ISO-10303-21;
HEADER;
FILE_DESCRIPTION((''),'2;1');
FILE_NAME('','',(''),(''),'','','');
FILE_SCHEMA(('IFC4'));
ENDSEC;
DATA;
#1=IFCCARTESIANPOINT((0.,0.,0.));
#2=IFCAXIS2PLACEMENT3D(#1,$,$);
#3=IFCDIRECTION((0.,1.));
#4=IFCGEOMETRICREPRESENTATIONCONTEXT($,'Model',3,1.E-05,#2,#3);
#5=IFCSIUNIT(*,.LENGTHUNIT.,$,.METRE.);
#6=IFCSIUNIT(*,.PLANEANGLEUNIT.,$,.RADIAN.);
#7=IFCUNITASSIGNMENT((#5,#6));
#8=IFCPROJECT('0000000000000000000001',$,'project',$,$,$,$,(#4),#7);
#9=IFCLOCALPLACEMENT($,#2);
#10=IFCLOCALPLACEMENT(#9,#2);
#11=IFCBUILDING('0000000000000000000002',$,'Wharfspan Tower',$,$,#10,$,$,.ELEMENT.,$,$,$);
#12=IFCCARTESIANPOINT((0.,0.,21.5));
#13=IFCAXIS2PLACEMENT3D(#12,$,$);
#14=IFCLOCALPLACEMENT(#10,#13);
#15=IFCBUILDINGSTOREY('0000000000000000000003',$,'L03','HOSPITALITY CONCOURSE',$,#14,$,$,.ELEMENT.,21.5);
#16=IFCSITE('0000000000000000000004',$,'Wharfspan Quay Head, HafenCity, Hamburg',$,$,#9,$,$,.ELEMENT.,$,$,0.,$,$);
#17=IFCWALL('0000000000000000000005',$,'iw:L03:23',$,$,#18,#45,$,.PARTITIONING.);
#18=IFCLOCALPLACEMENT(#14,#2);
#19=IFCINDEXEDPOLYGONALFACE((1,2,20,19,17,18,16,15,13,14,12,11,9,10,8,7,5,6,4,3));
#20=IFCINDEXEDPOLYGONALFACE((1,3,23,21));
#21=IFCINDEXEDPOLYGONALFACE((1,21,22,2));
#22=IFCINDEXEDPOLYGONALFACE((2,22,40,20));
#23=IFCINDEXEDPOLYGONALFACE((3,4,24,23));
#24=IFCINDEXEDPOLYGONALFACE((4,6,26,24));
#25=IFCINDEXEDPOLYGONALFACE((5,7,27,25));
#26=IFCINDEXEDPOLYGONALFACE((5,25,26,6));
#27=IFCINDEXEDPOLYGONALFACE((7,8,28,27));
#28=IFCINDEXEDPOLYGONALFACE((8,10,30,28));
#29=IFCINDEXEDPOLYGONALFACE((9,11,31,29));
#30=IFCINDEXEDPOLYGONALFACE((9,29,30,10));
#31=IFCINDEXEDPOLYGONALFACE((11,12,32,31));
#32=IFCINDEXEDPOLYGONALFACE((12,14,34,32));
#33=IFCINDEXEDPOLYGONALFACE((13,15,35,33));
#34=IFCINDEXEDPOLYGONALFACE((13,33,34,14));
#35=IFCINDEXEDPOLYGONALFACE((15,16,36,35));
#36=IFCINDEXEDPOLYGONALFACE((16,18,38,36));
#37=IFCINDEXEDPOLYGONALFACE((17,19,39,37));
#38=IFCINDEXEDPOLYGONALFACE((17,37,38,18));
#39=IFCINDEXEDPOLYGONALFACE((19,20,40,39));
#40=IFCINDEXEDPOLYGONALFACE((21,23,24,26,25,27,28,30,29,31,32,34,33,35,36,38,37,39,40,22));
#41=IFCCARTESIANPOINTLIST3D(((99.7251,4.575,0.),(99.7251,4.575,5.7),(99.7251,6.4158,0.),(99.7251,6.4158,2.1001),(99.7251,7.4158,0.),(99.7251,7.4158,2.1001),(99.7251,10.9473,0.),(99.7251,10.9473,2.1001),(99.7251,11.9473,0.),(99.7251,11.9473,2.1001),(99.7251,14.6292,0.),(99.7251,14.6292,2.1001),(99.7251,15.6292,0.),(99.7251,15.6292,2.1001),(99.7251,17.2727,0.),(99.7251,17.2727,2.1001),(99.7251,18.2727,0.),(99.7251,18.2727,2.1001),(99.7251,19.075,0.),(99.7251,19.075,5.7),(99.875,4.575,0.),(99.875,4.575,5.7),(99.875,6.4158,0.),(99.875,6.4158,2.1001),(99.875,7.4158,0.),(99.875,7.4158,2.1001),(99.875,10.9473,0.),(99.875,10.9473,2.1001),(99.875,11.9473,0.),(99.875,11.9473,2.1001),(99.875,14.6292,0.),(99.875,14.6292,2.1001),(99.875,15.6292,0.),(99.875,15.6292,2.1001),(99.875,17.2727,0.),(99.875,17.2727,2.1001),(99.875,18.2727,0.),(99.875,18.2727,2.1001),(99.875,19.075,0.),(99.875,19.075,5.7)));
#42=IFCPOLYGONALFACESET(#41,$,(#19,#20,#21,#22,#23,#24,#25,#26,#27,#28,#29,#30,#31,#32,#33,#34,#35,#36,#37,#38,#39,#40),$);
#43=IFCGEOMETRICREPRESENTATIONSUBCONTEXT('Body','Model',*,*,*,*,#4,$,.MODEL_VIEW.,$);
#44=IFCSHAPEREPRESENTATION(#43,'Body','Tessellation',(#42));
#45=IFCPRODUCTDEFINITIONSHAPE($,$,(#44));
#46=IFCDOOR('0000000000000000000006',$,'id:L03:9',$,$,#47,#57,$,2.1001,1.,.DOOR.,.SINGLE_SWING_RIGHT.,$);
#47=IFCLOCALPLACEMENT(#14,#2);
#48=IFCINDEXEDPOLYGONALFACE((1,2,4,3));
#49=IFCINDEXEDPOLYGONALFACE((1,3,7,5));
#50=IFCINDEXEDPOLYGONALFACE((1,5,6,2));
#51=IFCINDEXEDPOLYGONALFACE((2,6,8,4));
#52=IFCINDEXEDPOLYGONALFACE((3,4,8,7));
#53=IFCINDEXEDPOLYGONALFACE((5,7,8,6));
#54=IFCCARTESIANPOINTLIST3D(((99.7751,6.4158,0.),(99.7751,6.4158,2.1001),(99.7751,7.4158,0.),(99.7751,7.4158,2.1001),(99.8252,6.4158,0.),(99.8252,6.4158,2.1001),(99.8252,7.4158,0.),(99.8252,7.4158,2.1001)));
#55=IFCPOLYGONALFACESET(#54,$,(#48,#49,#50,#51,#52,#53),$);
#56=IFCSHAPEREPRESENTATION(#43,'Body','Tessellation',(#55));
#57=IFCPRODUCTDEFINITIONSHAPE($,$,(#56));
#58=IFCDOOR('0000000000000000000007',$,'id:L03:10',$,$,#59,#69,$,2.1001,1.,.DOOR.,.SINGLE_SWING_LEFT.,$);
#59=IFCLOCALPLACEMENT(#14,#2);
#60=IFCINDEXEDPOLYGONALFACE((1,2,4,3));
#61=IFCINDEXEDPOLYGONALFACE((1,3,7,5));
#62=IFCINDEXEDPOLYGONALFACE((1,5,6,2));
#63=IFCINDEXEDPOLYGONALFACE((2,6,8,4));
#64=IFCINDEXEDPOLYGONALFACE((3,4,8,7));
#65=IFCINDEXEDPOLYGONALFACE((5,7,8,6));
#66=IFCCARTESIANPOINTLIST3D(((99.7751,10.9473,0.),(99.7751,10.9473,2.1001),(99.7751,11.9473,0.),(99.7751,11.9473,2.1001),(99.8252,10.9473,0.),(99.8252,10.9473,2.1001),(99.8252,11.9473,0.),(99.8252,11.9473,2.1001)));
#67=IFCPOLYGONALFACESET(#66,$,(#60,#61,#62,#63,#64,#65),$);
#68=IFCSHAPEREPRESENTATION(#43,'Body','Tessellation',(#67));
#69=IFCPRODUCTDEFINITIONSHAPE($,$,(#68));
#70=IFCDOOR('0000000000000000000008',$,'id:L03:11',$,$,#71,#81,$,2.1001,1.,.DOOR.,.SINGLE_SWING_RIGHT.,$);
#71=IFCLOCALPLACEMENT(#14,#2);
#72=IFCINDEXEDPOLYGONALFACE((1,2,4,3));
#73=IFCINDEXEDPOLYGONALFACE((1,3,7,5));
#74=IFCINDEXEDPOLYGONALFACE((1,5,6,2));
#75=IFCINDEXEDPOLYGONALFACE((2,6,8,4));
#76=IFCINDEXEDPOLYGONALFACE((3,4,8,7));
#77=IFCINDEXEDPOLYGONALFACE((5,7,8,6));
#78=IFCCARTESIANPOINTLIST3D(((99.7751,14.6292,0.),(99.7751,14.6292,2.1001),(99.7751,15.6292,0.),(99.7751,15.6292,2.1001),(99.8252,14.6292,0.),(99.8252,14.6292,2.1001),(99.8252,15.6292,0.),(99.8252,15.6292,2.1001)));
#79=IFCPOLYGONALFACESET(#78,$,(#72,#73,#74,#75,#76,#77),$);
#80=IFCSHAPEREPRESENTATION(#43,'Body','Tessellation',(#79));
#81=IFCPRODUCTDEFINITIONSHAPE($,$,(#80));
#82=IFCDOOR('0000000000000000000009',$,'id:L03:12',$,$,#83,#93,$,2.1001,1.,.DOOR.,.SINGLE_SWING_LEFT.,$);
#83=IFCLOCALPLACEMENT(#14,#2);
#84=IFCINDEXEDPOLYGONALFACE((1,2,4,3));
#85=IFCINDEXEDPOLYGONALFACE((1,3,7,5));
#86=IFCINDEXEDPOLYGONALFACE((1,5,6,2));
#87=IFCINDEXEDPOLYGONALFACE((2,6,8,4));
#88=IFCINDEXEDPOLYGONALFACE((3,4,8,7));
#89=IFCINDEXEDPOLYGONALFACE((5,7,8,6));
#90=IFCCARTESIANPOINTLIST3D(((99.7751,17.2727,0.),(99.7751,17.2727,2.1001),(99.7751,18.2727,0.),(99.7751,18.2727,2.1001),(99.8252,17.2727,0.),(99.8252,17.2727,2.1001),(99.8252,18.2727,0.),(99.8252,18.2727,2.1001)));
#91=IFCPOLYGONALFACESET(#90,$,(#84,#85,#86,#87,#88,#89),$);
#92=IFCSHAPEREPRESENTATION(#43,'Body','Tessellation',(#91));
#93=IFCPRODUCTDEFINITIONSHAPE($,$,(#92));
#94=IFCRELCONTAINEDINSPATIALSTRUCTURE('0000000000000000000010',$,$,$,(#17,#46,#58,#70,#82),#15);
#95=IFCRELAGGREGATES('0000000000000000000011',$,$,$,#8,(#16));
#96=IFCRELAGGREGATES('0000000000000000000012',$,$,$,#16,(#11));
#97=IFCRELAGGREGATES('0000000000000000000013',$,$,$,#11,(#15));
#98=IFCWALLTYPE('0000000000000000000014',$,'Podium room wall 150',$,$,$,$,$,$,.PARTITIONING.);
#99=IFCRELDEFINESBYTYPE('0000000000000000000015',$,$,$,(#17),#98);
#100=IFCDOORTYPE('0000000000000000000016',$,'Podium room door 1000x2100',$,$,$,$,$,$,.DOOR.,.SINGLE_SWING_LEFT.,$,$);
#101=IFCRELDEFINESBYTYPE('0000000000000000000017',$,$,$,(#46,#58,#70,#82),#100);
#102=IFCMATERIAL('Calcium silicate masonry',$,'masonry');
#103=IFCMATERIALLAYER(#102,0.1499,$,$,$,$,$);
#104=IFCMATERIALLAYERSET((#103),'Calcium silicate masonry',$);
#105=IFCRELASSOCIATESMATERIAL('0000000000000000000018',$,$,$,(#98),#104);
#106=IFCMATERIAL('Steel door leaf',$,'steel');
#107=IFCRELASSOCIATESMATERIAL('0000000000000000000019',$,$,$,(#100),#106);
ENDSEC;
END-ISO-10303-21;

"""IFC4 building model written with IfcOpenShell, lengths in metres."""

from ifc_helpers import new_model, si_unit, direction, frame, frame_2d, origin, place, context, subcontext, project, spatial, rectangle, extrude, material, layer, layer_set, type_object, element, fill, save


model = new_model("IFC4")

# Units and contexts
model_context = context("Model", 3, precision=1e-05, world=origin(), true_north=direction((0.0, 1.0)))
body_context = subcontext(model_context, "Body", "Model", "MODEL_VIEW")
ifc_project = project(units=[si_unit("LENGTHUNIT", "METRE"), si_unit("PLANEANGLEUNIT", "RADIAN")], contexts=[model_context])

# Site, building, storey
site_placement = place(None, origin())
site = spatial("IfcSite", under=ifc_project, at=site_placement, Name="Wharfspan Quay Head, HafenCity, Hamburg", CompositionType="ELEMENT", RefElevation=0.0)
building_placement = place(site_placement, origin())
building = spatial("IfcBuilding", under=site, at=building_placement, Name="Wharfspan Tower", CompositionType="ELEMENT")
storey_placement = place(building_placement, frame((0.0, 0.0, 21.5)))
storey = spatial("IfcBuildingStorey", under=building, at=storey_placement, Name="L03", Description="HOSPITALITY CONCOURSE", CompositionType="ELEMENT", Elevation=21.5)

# Shared definitions
ifc_material_1 = material(Name="Calcium silicate masonry", Category="masonry")
ifc_layer_1 = layer(ifc_material_1, 0.1499)
ifc_layer_set_1 = layer_set([ifc_layer_1], Name="Calcium silicate masonry")
wall_type = type_object("IfcWallType", Name="Podium room wall 150", PredefinedType="PARTITIONING", material=ifc_layer_set_1)

# Wall, openings, doors
wall_placement = place(storey_placement, frame((99.8, 4.575, 0.0), z_axis=(0.0, 0.0, 1.0), x_axis=(0.0, 1.0, 0.0)))
wall = element("IfcWall", 1, at=wall_placement, inside=storey, type_object=wall_type, Name="iw:L03:23", PredefinedType="PARTITIONING", context=body_context, shape_type="SweptSolid", body=[
    extrude(rectangle(XDim=14.5, YDim=0.1499, at=frame_2d((7.25, 0.0))), origin(), (0.0, 0.0, 1.0), 5.7),
])
opening_1_placement = place(wall_placement, frame((1.8408, 0.0, 0.0)))
opening_1 = element("IfcOpeningElement", 2, at=opening_1_placement, cuts=wall, PredefinedType="OPENING", context=body_context, shape_type="SweptSolid", body=[
    extrude(rectangle(XDim=1.0, YDim=2.1001, at=frame_2d((0.5, 1.05))), frame((0.0, 0.085, 0.0), z_axis=(0.0, -1.0, 0.0), x_axis=(1.0, 0.0, 0.0)), (0.0, 0.0, 1.0), 0.1699),
])
opening_2_placement = place(wall_placement, frame((6.3723, 0.0, 0.0)))
opening_2 = element("IfcOpeningElement", 3, at=opening_2_placement, cuts=wall, PredefinedType="OPENING", context=body_context, shape_type="SweptSolid", body=[
    extrude(rectangle(XDim=1.0, YDim=2.1001, at=frame_2d((0.5, 1.05))), frame((0.0, 0.085, 0.0), z_axis=(0.0, -1.0, 0.0), x_axis=(1.0, 0.0, 0.0)), (0.0, 0.0, 1.0), 0.1699),
])
opening_3_placement = place(wall_placement, frame((10.0542, 0.0, 0.0)))
opening_3 = element("IfcOpeningElement", 4, at=opening_3_placement, cuts=wall, PredefinedType="OPENING", context=body_context, shape_type="SweptSolid", body=[
    extrude(rectangle(XDim=1.0, YDim=2.1001, at=frame_2d((0.5, 1.05))), frame((0.0, 0.085, 0.0), z_axis=(0.0, -1.0, 0.0), x_axis=(1.0, 0.0, 0.0)), (0.0, 0.0, 1.0), 0.1699),
])
opening_4_placement = place(wall_placement, frame((12.6978, 0.0, 0.0)))
opening_4 = element("IfcOpeningElement", 5, at=opening_4_placement, cuts=wall, PredefinedType="OPENING", context=body_context, shape_type="SweptSolid", body=[
    extrude(rectangle(XDim=1.0, YDim=2.1001, at=frame_2d((0.5, 1.05))), frame((0.0, 0.085, 0.0), z_axis=(0.0, -1.0, 0.0), x_axis=(1.0, 0.0, 0.0)), (0.0, 0.0, 1.0), 0.1699),
])
ifc_material_2 = material(Name="Steel door leaf", Category="steel")
door_type = type_object("IfcDoorType", Name="Podium room door 1000x2100", OperationType="SINGLE_SWING_LEFT", PredefinedType="DOOR", material=ifc_material_2)
door_1_placement = place(opening_1_placement, origin())
door_1 = element("IfcDoor", 6, at=door_1_placement, inside=storey, type_object=door_type, Name="id:L03:9", OperationType="SINGLE_SWING_RIGHT", OverallHeight=2.1001, OverallWidth=1.0, PredefinedType="DOOR", context=body_context, shape_type="SweptSolid", body=[
    extrude(rectangle(XDim=1.0, YDim=2.1001, at=frame_2d((0.5, 1.05))), frame((0.0, 0.0249, 0.0), z_axis=(0.0, -1.0, 0.0), x_axis=(1.0, 0.0, 0.0)), (0.0, 0.0, 1.0), 0.05),
])
fill(opening_1, door_1)
door_2_placement = place(opening_2_placement, origin())
door_2 = element("IfcDoor", 7, at=door_2_placement, inside=storey, type_object=door_type, Name="id:L03:10", OperationType="SINGLE_SWING_LEFT", OverallHeight=2.1001, OverallWidth=1.0, PredefinedType="DOOR", context=body_context, shape_type="SweptSolid", body=[
    extrude(rectangle(XDim=1.0, YDim=2.1001, at=frame_2d((0.5, 1.05))), frame((0.0, 0.0249, 0.0), z_axis=(0.0, -1.0, 0.0), x_axis=(1.0, 0.0, 0.0)), (0.0, 0.0, 1.0), 0.05),
])
fill(opening_2, door_2)
door_3_placement = place(opening_3_placement, origin())
door_3 = element("IfcDoor", 8, at=door_3_placement, inside=storey, type_object=door_type, Name="id:L03:11", OperationType="SINGLE_SWING_RIGHT", OverallHeight=2.1001, OverallWidth=1.0, PredefinedType="DOOR", context=body_context, shape_type="SweptSolid", body=[
    extrude(rectangle(XDim=1.0, YDim=2.1001, at=frame_2d((0.5, 1.05))), frame((0.0, 0.0249, 0.0), z_axis=(0.0, -1.0, 0.0), x_axis=(1.0, 0.0, 0.0)), (0.0, 0.0, 1.0), 0.05),
])
fill(opening_3, door_3)
door_4_placement = place(opening_4_placement, origin())
door_4 = element("IfcDoor", 9, at=door_4_placement, inside=storey, type_object=door_type, Name="id:L03:12", OperationType="SINGLE_SWING_LEFT", OverallHeight=2.1001, OverallWidth=1.0, PredefinedType="DOOR", context=body_context, shape_type="SweptSolid", body=[
    extrude(rectangle(XDim=1.0, YDim=2.1001, at=frame_2d((0.5, 1.05))), frame((0.0, 0.0249, 0.0), z_axis=(0.0, -1.0, 0.0), x_axis=(1.0, 0.0, 0.0)), (0.0, 0.0, 1.0), 0.05),
])
fill(opening_4, door_4)

save(model, "model.ifc")
